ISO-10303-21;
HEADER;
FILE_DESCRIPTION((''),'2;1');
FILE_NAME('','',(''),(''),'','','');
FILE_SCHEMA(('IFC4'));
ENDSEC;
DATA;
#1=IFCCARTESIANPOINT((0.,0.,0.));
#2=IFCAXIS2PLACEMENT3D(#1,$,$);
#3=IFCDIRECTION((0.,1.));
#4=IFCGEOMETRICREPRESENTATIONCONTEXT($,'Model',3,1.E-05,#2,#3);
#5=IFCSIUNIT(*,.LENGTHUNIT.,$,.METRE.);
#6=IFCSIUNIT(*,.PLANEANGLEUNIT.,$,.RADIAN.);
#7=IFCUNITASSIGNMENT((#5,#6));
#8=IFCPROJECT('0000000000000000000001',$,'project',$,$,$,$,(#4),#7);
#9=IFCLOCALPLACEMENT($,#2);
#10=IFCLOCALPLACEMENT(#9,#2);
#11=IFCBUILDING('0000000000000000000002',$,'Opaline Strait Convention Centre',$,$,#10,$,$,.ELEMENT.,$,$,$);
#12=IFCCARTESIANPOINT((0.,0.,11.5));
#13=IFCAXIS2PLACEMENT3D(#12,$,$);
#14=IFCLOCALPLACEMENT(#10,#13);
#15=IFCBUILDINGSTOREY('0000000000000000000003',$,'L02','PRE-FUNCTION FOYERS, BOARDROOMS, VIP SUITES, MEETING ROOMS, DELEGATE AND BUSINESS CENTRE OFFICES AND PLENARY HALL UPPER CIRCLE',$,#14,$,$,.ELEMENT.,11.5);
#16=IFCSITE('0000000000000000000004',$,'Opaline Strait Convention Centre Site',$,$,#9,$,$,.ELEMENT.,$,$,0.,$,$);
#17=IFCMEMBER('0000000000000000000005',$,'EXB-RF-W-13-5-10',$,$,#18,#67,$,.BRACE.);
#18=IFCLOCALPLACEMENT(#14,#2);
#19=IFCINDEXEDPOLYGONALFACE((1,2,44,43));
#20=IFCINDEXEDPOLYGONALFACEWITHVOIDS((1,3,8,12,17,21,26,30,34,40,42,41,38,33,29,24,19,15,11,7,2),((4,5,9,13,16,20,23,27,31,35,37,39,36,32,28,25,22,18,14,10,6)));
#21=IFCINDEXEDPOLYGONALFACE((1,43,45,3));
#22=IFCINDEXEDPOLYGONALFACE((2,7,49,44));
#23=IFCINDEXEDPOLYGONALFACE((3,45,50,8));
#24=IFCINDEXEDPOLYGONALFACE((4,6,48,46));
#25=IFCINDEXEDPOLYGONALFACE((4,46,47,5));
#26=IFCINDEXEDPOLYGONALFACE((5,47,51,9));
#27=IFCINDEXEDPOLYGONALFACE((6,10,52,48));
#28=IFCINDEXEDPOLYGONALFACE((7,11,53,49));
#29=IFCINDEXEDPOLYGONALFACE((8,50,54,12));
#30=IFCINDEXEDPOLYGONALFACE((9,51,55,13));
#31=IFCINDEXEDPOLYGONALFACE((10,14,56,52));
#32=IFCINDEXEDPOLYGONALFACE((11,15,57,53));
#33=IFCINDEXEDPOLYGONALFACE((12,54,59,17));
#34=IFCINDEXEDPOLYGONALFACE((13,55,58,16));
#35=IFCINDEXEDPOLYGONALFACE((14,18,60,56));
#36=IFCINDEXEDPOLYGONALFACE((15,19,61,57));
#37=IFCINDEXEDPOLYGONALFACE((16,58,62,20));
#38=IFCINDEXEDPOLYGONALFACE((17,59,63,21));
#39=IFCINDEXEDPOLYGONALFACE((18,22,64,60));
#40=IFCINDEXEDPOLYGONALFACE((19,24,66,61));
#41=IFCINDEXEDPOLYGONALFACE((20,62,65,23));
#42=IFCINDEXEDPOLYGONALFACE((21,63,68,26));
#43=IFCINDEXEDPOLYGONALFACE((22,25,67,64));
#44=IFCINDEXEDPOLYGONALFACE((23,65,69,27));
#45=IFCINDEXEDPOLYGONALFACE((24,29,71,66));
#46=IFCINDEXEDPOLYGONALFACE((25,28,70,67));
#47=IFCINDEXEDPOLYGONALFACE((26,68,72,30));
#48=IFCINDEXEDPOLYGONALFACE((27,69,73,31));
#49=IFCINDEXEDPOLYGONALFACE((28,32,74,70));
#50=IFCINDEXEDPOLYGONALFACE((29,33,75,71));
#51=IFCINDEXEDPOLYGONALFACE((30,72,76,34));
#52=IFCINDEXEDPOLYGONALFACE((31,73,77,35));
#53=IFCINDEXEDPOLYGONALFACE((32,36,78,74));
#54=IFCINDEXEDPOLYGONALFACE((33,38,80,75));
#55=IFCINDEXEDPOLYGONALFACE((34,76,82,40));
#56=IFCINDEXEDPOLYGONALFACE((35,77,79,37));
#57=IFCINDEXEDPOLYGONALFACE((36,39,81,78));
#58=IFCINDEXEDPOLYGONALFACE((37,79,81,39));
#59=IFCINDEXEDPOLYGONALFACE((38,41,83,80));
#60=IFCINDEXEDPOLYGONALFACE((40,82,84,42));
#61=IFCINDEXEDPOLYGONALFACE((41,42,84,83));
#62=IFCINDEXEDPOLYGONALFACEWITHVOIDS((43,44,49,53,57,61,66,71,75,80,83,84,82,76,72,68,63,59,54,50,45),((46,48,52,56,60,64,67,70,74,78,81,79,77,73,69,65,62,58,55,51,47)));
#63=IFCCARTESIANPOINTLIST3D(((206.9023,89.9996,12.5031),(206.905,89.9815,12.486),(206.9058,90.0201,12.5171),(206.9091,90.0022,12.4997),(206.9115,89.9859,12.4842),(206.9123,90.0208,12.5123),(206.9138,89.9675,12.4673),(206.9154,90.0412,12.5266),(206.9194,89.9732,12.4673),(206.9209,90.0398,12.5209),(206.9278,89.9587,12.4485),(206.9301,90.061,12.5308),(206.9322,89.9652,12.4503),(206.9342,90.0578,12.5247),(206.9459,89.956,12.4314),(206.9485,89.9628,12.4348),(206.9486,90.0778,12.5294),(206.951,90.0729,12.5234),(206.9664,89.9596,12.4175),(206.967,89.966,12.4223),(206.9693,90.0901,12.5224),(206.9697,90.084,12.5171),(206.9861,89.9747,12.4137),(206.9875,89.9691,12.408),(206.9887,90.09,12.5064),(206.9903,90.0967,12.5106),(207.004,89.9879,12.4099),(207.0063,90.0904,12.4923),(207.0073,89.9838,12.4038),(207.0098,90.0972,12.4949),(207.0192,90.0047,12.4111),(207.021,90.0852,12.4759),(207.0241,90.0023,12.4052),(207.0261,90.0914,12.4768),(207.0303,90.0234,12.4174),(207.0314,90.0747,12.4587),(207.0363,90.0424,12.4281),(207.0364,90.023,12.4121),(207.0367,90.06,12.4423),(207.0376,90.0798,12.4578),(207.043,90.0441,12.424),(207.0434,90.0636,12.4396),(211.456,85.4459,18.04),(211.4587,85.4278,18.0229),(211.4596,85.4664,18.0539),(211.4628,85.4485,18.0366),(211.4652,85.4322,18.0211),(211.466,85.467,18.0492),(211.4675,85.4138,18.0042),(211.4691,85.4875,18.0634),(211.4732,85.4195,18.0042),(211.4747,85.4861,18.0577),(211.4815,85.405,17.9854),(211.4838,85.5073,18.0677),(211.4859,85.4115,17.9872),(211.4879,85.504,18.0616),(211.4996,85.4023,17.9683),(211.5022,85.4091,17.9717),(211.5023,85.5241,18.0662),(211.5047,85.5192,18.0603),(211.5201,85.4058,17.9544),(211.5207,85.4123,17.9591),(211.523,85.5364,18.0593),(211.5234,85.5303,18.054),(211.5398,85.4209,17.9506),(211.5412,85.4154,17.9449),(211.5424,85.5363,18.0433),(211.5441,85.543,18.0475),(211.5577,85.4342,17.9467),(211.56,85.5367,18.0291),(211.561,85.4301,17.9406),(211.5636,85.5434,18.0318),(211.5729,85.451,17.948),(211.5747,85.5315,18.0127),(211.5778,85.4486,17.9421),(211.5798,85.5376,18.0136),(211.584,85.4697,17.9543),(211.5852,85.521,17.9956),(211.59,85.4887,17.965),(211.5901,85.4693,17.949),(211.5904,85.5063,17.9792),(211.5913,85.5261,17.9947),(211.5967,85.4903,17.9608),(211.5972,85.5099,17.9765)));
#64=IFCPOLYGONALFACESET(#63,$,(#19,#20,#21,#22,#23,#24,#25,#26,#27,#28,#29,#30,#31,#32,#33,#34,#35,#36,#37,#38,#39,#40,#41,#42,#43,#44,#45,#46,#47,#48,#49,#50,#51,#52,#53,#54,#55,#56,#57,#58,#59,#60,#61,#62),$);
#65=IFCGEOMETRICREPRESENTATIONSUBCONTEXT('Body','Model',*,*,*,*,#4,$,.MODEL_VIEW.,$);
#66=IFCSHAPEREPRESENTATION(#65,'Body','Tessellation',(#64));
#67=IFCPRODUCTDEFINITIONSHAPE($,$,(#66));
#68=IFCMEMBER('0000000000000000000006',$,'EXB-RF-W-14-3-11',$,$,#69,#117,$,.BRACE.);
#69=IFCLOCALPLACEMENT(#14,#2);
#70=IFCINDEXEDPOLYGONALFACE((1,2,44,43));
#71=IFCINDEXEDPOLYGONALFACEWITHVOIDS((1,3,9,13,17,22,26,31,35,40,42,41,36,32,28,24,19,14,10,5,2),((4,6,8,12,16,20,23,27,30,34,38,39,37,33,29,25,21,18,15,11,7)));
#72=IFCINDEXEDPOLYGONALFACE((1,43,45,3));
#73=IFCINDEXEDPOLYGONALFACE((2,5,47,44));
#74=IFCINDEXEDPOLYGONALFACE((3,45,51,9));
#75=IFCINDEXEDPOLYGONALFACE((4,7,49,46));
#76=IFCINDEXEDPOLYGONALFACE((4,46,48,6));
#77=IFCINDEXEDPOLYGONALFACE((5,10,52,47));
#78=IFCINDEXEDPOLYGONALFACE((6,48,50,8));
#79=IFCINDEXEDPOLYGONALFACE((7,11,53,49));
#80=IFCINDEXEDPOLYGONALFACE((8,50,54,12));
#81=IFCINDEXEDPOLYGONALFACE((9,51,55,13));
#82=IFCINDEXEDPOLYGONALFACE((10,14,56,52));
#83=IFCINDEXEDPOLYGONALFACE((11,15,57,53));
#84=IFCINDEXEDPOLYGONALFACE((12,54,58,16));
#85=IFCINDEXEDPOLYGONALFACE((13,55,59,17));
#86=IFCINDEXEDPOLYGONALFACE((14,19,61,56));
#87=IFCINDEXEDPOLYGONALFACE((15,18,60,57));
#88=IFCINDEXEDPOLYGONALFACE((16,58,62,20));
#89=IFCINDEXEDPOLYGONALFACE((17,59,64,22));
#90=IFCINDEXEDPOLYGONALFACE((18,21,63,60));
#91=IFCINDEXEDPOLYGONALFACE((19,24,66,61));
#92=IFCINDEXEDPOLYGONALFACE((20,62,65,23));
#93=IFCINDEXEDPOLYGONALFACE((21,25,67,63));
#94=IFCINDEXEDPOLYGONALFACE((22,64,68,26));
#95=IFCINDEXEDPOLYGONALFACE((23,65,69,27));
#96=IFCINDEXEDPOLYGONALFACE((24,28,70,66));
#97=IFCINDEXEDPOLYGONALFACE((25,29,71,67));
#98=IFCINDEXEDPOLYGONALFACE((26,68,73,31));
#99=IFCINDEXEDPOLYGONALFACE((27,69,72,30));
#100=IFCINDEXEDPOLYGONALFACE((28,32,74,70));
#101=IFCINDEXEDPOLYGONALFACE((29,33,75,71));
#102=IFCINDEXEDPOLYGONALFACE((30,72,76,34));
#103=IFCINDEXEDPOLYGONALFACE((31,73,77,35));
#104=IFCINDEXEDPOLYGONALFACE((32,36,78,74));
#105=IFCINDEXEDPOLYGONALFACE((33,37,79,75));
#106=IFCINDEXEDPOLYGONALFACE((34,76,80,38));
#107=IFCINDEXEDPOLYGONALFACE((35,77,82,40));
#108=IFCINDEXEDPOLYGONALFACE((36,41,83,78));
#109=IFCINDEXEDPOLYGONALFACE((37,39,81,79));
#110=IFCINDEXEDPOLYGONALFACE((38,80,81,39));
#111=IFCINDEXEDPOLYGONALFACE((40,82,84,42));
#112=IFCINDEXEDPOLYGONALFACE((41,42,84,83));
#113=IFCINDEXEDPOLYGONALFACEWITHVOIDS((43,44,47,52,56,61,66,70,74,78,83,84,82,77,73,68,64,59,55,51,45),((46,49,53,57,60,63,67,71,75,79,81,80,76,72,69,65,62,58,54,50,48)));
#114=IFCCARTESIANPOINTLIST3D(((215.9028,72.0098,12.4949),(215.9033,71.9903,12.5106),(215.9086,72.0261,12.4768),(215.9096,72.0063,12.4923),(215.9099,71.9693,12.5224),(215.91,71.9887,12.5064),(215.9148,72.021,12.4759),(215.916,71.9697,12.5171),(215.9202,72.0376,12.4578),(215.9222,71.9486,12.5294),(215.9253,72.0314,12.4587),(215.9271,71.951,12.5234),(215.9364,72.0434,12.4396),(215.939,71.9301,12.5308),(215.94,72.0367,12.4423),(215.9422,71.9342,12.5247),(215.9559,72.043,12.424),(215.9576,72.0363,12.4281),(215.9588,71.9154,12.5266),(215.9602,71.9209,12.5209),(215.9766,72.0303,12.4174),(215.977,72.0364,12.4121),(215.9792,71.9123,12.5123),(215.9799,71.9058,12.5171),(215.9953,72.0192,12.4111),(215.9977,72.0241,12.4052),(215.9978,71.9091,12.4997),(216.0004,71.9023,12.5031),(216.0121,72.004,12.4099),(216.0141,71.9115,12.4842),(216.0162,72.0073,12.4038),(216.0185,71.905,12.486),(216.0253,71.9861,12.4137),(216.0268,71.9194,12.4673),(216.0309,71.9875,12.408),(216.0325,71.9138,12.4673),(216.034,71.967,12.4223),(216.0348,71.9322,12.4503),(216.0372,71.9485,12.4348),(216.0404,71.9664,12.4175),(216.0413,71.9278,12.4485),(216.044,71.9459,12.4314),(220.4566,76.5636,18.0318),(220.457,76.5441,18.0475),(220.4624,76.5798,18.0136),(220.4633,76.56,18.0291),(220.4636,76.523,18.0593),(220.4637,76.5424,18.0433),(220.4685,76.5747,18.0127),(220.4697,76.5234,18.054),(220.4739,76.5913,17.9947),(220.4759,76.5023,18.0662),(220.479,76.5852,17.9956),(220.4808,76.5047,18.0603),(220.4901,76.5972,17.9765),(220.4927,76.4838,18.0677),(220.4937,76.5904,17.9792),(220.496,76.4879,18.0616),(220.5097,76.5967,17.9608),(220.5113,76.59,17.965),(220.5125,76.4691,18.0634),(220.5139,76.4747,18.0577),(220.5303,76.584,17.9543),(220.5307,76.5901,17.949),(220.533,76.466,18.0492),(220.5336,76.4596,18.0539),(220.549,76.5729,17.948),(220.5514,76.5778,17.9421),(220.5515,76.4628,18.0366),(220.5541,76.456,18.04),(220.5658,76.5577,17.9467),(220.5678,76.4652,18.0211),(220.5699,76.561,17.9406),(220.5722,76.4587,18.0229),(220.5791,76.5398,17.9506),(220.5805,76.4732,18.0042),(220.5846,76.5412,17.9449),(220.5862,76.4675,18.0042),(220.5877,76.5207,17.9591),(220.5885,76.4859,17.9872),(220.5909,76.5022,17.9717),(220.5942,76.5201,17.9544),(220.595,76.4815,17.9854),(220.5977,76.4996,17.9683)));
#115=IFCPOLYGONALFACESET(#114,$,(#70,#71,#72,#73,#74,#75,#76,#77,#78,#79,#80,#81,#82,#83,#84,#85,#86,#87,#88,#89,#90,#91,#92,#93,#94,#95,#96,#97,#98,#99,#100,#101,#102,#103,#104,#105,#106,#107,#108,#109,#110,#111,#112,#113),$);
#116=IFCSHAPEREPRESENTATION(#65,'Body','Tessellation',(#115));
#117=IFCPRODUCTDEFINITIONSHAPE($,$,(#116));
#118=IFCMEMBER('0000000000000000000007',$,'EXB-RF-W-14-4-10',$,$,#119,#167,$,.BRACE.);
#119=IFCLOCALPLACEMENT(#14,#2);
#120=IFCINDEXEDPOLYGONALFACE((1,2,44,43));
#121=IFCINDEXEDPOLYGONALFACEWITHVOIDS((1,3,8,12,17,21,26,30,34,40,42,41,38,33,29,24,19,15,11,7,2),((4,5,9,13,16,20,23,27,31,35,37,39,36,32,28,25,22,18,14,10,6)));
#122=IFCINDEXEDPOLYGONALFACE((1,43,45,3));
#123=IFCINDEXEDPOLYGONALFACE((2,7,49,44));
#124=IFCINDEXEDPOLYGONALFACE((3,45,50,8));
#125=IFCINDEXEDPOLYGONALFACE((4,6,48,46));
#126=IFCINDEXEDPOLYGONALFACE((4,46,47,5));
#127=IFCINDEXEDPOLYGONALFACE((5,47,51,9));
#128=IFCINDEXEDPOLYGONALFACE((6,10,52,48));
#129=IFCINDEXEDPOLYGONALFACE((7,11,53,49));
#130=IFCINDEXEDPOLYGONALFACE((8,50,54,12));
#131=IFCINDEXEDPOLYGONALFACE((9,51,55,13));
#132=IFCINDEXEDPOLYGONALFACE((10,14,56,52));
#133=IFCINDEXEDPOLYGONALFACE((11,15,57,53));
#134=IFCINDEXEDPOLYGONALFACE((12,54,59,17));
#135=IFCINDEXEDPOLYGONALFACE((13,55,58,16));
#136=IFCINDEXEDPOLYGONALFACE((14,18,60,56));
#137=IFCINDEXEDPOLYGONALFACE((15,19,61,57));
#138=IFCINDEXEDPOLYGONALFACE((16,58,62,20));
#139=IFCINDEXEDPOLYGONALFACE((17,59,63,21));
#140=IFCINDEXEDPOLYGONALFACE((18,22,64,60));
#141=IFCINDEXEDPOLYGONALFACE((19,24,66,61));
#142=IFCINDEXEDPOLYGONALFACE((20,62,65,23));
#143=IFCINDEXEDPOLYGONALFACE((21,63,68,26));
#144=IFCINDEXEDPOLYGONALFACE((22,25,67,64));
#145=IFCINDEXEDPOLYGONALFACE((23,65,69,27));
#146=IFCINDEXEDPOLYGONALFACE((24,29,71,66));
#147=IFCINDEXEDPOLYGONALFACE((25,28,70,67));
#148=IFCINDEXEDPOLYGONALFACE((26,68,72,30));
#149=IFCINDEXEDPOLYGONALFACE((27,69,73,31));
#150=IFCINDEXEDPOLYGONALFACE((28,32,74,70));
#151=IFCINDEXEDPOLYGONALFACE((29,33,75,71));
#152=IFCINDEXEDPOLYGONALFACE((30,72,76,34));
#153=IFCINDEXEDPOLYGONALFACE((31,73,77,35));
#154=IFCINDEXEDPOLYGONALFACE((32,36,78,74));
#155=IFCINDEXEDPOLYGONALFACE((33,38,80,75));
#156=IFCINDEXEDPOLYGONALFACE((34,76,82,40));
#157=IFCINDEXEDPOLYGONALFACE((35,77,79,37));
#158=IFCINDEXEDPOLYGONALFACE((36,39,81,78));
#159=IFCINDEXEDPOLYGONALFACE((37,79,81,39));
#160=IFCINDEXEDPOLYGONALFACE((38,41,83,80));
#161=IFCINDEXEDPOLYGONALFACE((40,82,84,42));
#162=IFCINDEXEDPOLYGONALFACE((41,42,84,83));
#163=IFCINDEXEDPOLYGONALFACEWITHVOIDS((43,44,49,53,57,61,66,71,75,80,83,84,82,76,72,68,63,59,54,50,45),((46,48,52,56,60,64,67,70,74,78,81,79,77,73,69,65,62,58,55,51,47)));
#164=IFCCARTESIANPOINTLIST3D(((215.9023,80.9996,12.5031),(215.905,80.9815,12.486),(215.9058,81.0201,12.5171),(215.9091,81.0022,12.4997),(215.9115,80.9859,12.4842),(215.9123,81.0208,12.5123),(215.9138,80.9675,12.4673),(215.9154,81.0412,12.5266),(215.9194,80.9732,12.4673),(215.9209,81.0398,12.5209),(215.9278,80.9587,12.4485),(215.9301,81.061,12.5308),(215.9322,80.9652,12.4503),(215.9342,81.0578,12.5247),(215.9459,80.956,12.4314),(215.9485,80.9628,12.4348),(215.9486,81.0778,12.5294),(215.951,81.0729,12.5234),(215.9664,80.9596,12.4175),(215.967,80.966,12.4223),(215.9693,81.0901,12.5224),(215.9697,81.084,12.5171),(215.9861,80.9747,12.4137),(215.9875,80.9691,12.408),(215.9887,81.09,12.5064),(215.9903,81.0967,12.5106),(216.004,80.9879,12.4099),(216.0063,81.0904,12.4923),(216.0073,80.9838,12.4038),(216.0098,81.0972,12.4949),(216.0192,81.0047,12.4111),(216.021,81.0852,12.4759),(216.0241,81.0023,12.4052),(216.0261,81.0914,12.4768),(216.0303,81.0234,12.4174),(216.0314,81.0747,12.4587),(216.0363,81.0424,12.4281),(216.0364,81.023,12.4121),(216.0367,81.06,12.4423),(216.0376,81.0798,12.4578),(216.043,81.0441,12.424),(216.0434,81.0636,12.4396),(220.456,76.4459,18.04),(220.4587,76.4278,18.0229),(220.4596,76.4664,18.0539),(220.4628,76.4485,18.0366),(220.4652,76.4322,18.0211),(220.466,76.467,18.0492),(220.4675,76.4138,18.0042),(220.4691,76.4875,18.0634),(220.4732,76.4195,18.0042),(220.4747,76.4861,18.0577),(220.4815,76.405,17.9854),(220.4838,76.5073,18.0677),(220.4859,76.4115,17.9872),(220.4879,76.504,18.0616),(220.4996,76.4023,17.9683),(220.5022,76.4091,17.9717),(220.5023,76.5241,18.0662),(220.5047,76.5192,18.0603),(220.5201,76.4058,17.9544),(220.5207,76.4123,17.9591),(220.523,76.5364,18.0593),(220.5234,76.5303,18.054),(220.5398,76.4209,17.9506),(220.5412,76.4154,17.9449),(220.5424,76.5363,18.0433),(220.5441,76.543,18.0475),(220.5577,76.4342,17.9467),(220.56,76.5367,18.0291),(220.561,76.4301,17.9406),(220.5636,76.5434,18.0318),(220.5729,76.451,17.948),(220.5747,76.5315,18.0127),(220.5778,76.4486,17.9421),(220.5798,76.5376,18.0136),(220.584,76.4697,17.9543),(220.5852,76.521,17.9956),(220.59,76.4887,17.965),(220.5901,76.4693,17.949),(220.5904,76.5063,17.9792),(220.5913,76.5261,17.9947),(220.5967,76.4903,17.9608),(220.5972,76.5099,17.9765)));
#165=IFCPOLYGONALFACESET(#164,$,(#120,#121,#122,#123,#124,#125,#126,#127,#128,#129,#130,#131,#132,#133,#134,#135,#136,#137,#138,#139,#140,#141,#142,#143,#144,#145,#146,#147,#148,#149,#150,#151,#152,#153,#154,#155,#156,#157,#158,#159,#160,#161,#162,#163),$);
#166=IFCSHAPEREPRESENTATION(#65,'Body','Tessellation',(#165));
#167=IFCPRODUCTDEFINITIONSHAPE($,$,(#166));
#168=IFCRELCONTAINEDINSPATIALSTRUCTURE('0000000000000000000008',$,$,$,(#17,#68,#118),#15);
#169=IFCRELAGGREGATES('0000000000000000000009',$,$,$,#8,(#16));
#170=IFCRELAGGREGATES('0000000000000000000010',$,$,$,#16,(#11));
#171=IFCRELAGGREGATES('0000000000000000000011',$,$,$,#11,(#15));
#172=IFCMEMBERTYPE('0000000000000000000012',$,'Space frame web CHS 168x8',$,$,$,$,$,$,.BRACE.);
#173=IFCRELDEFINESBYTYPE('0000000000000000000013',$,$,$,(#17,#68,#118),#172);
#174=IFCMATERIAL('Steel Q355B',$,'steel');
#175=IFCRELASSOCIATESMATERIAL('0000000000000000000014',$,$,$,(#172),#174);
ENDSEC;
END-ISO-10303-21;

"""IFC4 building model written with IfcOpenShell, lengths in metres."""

from ifc_helpers import new_model, si_unit, direction, frame, origin, origin_2d, place, context, subcontext, project, spatial, hollow_circle, extrude, material, material_profile, profile_set, type_object, element, save


model = new_model("IFC4")

# Units and contexts
model_context = context("Model", 3, precision=1e-05, world=origin(), true_north=direction((0.0, 1.0)))
body_context = subcontext(model_context, "Body", "Model", "MODEL_VIEW")
ifc_project = project(units=[si_unit("LENGTHUNIT", "METRE"), si_unit("PLANEANGLEUNIT", "RADIAN")], contexts=[model_context])

# Site, building, storey
site_placement = place(None, origin())
site = spatial("IfcSite", under=ifc_project, at=site_placement, Name="Opaline Strait Convention Centre Site", CompositionType="ELEMENT", RefElevation=0.0)
building_placement = place(site_placement, origin())
building = spatial("IfcBuilding", under=site, at=building_placement, Name="Opaline Strait Convention Centre", CompositionType="ELEMENT")
storey_placement = place(building_placement, frame((0.0, 0.0, 11.5)))
storey = spatial("IfcBuildingStorey", under=building, at=storey_placement, Name="L02", Description="PRE-FUNCTION FOYERS, BOARDROOMS, VIP SUITES, MEETING ROOMS, DELEGATE AND BUSINESS CENTRE OFFICES AND PLENARY HALL UPPER CIRCLE", CompositionType="ELEMENT", Elevation=11.5)

# Members
ifc_material_1 = material(Name="Steel Q355B", Category="steel")
ifc_material_profile_1 = material_profile(ifc_material_1, hollow_circle(Radius=0.084, WallThickness=0.0081, at=origin_2d()), Name="CHS 168x8")
ifc_profile_set_1 = profile_set([ifc_material_profile_1], Name="Steel Q355B")
member_type_1 = type_object("IfcMemberType", Name="Space frame web CHS 168x8", PredefinedType="BRACE", material=ifc_profile_set_1)
for number, where, z_axis, x_axis, name in (
    (1, (211.5269, 85.4731, 18.0042), (-0.536178, 0.536178, -0.65194), (-0.707107, -0.707107, 0.0), "EXB-RF-W-13-5-10"),
    (2, (220.5269, 76.5269, 18.0042), (-0.536178, -0.536178, -0.65194), (0.707107, -0.707107, 0.0), "EXB-RF-W-14-3-11"),
    (3, (220.5269, 76.4731, 18.0042), (-0.536178, 0.536178, -0.65194), (-0.707107, -0.707107, 0.0), "EXB-RF-W-14-4-10"),
):
    element("IfcMember", number, at=place(storey_placement, frame(where, z_axis=z_axis, x_axis=x_axis)), inside=storey, type_object=member_type_1, Name=name, PredefinedType="BRACE", context=body_context, shape_type="SweptSolid", body=[
        extrude(hollow_circle(Radius=0.084, WallThickness=0.0081, at=origin_2d()), origin(), (0.0, 0.0, 1.0), 8.4929),
    ])

save(model, "model.ifc")
